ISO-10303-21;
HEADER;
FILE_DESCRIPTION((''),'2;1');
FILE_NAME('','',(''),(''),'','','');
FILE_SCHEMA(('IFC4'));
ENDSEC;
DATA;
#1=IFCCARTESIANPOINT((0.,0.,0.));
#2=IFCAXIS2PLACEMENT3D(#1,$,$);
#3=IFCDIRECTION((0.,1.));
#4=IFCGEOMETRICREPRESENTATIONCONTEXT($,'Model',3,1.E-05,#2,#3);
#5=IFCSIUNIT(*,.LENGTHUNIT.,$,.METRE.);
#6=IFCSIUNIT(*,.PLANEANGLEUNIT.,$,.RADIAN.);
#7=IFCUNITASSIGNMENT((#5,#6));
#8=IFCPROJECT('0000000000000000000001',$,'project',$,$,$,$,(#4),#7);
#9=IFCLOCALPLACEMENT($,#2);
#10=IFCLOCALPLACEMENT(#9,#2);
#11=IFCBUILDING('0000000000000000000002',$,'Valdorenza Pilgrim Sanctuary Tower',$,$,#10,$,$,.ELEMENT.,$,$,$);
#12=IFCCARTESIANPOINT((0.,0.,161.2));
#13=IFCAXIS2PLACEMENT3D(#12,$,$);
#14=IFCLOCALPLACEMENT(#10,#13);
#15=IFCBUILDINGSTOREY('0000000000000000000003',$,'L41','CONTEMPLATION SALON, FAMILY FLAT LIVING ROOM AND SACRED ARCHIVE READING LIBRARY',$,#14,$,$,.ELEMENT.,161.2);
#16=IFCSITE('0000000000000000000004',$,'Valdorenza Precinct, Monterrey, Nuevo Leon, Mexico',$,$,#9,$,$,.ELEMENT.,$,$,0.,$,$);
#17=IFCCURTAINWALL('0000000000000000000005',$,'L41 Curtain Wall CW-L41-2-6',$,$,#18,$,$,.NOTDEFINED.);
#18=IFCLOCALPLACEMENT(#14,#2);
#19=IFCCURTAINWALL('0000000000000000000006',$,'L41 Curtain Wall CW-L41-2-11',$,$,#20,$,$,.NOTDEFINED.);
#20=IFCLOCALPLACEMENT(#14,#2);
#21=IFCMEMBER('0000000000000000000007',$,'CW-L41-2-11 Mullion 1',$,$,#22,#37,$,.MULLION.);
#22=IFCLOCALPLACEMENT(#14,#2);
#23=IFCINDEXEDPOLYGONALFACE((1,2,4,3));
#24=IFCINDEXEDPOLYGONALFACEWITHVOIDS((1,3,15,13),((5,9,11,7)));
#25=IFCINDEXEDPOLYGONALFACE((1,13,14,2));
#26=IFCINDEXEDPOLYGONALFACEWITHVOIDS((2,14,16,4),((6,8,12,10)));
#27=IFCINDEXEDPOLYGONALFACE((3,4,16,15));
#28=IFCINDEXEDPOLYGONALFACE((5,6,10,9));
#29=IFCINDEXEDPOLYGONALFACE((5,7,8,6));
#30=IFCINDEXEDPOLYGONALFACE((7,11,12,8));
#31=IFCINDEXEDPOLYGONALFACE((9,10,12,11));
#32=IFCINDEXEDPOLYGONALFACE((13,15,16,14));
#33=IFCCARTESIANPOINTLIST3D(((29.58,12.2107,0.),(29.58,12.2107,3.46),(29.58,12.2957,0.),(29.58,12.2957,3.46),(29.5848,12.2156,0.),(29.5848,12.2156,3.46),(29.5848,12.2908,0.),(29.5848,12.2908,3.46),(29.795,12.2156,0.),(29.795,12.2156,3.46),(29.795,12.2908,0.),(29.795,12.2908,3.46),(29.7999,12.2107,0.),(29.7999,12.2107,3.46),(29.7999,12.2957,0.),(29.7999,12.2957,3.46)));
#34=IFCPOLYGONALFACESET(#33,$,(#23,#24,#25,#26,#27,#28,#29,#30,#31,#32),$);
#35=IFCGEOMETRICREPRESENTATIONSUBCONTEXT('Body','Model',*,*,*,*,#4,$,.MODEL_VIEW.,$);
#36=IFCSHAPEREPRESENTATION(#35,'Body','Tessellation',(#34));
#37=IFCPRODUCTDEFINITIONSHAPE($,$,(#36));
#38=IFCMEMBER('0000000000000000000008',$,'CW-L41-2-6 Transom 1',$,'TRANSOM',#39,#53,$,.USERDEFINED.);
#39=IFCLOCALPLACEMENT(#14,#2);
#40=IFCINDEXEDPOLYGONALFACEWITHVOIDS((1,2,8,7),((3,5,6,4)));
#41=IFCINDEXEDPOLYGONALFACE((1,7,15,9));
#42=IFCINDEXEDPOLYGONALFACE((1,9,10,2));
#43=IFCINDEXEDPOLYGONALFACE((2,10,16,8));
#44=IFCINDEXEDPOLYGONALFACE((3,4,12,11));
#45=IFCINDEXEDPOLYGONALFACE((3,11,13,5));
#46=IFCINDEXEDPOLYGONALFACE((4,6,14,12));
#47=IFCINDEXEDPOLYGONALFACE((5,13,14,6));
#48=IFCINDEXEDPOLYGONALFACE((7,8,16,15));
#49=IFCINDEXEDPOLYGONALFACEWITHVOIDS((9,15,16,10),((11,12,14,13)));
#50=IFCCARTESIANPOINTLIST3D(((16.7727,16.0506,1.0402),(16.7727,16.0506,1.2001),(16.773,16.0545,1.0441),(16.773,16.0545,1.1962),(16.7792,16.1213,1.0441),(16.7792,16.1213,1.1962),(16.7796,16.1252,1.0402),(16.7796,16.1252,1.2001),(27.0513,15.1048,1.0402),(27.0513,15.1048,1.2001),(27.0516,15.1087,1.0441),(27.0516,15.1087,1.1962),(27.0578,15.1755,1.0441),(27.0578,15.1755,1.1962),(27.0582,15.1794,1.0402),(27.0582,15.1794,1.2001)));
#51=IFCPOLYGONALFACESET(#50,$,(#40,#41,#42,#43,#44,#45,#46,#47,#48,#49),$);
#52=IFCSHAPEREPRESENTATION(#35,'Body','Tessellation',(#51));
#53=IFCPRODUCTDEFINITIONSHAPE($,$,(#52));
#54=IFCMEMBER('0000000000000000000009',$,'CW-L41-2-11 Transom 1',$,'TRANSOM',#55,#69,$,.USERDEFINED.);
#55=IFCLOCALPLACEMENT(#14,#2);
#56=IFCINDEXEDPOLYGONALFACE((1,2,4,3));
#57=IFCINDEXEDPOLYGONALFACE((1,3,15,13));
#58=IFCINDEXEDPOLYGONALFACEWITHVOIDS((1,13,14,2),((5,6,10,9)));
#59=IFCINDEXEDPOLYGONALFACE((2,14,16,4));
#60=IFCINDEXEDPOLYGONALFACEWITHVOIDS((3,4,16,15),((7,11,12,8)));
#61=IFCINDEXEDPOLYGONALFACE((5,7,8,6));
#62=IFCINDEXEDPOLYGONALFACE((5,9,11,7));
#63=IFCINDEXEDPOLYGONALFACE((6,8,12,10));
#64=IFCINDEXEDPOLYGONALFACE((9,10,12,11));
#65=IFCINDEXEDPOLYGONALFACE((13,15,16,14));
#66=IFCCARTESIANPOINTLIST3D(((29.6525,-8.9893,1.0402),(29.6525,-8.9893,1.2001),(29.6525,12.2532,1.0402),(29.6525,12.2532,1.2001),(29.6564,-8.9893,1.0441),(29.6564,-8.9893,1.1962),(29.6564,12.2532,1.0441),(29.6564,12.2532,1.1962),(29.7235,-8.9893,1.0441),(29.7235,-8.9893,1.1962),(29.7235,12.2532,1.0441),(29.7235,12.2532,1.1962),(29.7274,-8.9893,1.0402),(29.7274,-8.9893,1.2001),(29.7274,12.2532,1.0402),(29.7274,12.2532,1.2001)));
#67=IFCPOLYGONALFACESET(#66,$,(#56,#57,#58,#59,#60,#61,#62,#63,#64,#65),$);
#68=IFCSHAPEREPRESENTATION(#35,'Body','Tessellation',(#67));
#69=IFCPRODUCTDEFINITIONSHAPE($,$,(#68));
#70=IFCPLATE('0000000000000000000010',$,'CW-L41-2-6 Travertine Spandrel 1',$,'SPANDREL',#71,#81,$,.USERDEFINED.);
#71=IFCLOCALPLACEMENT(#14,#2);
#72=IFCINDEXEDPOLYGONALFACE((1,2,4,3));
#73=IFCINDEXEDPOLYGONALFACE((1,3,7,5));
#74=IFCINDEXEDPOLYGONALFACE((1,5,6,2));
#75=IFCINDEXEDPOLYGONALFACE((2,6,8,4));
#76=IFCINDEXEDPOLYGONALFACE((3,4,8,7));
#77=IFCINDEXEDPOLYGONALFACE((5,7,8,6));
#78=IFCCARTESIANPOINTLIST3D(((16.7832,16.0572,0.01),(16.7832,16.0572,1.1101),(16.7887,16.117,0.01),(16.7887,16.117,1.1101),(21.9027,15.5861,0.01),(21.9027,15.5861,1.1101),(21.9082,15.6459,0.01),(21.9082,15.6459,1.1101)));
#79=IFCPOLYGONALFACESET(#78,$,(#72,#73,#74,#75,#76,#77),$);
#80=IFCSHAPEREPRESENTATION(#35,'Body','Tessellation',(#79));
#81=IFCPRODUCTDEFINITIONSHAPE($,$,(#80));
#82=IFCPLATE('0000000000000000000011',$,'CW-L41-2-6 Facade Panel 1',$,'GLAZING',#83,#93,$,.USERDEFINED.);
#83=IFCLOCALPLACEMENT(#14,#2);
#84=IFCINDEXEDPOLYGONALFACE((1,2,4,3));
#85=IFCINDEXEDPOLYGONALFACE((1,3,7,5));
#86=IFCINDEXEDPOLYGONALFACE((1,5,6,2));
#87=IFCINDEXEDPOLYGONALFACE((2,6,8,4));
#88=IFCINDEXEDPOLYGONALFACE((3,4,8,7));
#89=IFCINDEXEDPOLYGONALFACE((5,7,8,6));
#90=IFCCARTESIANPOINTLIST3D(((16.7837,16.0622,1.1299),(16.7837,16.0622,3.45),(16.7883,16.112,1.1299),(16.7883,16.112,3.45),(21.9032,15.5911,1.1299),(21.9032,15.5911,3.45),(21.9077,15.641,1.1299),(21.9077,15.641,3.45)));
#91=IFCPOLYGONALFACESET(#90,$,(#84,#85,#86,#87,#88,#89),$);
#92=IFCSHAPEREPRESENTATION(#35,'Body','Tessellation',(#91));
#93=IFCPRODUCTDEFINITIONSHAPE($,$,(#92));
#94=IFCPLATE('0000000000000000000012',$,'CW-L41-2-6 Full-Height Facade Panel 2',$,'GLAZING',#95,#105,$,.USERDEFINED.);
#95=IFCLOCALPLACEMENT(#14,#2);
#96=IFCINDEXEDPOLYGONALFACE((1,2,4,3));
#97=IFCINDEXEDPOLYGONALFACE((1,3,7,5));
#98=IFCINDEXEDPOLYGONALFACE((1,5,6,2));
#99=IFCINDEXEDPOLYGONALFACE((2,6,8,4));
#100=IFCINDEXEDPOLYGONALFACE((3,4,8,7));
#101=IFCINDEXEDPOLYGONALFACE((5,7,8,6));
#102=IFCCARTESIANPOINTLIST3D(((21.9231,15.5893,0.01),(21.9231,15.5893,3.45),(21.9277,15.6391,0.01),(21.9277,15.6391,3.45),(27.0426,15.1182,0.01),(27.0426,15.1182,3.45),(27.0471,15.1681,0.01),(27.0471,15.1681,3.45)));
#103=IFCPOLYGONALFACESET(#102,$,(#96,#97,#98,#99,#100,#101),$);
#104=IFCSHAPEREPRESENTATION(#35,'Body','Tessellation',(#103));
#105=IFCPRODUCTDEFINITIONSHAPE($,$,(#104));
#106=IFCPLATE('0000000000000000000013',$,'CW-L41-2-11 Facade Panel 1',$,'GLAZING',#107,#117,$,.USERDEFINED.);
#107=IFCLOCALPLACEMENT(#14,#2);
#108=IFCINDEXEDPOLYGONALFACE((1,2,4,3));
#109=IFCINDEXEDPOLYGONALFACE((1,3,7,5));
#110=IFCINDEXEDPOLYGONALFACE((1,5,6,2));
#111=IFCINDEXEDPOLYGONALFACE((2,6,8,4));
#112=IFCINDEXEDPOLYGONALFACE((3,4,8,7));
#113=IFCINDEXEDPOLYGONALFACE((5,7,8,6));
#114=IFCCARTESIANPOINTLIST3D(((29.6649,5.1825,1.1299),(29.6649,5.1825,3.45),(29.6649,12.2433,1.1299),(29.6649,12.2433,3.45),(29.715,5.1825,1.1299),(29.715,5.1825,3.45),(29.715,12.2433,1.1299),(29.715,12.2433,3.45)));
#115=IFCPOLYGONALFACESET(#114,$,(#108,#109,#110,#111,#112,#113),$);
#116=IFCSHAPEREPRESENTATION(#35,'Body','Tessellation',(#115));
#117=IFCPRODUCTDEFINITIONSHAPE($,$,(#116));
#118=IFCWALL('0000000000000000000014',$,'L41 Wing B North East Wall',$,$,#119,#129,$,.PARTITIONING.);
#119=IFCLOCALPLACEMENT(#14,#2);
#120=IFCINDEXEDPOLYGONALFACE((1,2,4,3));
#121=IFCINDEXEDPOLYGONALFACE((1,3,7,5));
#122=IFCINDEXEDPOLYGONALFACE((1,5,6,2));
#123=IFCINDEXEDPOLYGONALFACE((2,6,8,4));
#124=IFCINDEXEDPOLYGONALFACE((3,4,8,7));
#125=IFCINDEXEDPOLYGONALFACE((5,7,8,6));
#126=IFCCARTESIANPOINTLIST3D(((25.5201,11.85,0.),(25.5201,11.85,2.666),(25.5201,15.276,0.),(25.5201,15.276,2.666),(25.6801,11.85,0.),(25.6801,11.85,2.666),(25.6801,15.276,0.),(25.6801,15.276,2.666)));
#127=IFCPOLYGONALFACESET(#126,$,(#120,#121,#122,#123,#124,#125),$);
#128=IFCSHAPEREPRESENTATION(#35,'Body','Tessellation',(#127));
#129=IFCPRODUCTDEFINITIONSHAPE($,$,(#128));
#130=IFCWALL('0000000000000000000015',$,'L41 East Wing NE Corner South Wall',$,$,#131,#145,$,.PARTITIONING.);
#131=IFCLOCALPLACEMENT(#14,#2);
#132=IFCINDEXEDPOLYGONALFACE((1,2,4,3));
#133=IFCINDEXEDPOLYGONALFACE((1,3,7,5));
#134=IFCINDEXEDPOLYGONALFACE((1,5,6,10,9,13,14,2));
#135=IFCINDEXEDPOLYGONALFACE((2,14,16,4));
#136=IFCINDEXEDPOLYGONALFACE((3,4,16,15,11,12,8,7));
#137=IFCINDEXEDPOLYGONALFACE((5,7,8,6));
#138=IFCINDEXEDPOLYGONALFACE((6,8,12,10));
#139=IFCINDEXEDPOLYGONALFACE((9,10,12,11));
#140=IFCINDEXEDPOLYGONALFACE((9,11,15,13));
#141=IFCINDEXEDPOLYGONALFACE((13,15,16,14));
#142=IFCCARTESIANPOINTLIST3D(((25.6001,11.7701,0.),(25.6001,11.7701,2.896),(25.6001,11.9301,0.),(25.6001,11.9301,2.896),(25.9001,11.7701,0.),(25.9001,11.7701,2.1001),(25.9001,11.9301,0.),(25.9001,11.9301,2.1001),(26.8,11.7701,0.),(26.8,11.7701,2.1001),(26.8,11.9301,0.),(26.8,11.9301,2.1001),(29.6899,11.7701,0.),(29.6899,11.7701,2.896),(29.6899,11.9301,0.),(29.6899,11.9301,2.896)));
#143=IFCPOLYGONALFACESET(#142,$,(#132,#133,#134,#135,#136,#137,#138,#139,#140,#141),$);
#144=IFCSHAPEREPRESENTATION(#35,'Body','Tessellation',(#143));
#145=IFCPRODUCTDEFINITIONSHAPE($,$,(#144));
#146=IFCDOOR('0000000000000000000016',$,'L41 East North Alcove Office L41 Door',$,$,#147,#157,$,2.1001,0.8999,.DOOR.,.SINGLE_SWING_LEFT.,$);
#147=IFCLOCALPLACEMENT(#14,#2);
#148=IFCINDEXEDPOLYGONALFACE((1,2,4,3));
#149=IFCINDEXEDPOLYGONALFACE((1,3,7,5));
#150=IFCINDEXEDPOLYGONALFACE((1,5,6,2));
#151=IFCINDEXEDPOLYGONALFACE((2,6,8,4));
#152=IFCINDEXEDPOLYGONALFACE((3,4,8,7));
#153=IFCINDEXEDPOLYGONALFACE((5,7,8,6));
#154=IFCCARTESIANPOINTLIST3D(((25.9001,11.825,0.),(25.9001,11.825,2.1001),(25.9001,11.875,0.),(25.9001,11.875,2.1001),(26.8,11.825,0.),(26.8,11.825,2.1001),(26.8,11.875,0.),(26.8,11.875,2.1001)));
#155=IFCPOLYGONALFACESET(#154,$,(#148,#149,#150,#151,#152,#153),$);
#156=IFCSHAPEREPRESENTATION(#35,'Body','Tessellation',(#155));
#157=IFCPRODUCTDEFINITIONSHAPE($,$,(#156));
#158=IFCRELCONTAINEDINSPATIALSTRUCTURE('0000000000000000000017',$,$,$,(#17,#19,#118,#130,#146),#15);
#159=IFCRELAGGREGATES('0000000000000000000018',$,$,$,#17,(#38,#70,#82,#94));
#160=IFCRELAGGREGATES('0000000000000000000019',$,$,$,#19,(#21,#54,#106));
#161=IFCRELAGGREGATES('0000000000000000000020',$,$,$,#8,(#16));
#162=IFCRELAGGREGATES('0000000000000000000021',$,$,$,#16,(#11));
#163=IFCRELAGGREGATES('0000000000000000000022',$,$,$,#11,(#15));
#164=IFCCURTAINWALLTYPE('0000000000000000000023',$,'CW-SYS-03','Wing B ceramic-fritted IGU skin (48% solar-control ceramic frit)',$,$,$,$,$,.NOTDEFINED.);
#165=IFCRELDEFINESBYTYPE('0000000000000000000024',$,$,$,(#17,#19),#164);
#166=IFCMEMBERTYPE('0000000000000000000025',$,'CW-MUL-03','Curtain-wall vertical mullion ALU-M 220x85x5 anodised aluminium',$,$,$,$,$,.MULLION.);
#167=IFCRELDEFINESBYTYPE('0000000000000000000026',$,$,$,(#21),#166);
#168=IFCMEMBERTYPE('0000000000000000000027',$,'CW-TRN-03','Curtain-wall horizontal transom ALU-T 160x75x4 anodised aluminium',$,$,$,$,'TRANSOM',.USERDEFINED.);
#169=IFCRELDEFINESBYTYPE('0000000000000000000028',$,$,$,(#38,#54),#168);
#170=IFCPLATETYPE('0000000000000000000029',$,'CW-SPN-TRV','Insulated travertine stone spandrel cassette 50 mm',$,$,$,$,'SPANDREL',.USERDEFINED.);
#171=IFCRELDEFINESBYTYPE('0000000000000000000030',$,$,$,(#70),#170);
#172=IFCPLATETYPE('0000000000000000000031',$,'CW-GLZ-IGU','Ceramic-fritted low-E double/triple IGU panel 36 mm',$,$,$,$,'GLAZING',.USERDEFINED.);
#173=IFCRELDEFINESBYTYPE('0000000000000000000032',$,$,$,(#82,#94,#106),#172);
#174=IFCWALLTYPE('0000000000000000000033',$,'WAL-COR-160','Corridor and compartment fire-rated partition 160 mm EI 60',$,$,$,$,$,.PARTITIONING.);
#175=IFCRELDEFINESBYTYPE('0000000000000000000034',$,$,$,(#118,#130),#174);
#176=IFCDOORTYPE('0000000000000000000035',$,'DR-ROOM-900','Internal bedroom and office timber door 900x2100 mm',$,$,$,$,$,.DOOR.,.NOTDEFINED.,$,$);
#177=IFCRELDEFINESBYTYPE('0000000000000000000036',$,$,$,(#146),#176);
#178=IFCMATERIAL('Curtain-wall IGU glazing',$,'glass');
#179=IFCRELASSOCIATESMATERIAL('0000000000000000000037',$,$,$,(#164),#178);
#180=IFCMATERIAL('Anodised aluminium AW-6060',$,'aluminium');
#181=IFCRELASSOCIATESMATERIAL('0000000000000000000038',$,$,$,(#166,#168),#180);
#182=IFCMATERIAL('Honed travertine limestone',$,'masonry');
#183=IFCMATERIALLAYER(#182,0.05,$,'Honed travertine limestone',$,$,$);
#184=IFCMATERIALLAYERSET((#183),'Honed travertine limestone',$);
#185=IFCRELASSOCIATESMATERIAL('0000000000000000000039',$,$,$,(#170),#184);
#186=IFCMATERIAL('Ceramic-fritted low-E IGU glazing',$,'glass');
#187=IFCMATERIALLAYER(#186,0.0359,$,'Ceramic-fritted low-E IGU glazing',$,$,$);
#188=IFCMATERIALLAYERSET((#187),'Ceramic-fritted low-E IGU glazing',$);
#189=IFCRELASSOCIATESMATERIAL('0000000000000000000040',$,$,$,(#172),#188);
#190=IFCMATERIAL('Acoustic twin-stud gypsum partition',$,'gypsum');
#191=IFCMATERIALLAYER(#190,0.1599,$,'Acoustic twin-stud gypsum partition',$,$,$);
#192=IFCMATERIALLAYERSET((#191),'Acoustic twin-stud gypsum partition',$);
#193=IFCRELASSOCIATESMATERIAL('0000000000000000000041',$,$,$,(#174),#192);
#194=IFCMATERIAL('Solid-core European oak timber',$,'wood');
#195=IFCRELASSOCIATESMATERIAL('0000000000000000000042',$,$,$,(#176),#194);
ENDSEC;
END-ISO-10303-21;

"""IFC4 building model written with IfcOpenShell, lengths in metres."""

from ifc_helpers import new_model, si_unit, direction, frame, frame_2d, origin, origin_2d, place, context, subcontext, project, spatial, rectangle, hollow_rectangle, extrude, source, transform, mapped, material, layer, layer_set, material_profile, profile_set, type_object, element, fill, aggregate, save


model = new_model("IFC4")

# Units and contexts
model_context = context("Model", 3, precision=1e-05, world=origin(), true_north=direction((0.0, 1.0)))
body_context = subcontext(model_context, "Body", "Model", "MODEL_VIEW")
ifc_project = project(units=[si_unit("LENGTHUNIT", "METRE"), si_unit("PLANEANGLEUNIT", "RADIAN")], contexts=[model_context])

# Site, building, storey
site_placement = place(None, origin())
site = spatial("IfcSite", under=ifc_project, at=site_placement, Name="Valdorenza Precinct, Monterrey, Nuevo Leon, Mexico", CompositionType="ELEMENT", RefElevation=0.0)
building_placement = place(site_placement, origin())
building = spatial("IfcBuilding", under=site, at=building_placement, Name="Valdorenza Pilgrim Sanctuary Tower", CompositionType="ELEMENT")
storey_placement = place(building_placement, frame((0.0, 0.0, 161.2)))
storey = spatial("IfcBuildingStorey", under=building, at=storey_placement, Name="L41", Description="CONTEMPLATION SALON, FAMILY FLAT LIVING ROOM AND SACRED ARCHIVE READING LIBRARY", CompositionType="ELEMENT", Elevation=161.2)

# Curtain wall
ifc_material_1 = material(Name="Curtain-wall IGU glazing", Category="glass")
curtain_wall_type = type_object("IfcCurtainWallType", Name="CW-SYS-03", Description="Wing B ceramic-fritted IGU skin (48% solar-control ceramic frit)", PredefinedType="NOTDEFINED", material=ifc_material_1)
curtain_wall_1_placement = place(storey_placement, origin())
curtain_wall_1 = element("IfcCurtainWall", 1, at=curtain_wall_1_placement, inside=storey, type_object=curtain_wall_type, Name="L41 Curtain Wall CW-L41-2-6", PredefinedType="NOTDEFINED")
ifc_material_2 = material(Name="Anodised aluminium AW-6060", Category="aluminium")
ifc_material_profile_1 = material_profile(ifc_material_2, hollow_rectangle(XDim=0.085, YDim=0.22, WallThickness=0.0049, at=origin_2d()), Name="ALU-M 220x85x5")
ifc_profile_set_1 = profile_set([ifc_material_profile_1], Name="Anodised aluminium AW-6060")
member_type_1 = type_object("IfcMemberType", Name="CW-MUL-03", Description="Curtain-wall vertical mullion ALU-M 220x85x5 anodised aluminium", PredefinedType="MULLION", material=ifc_profile_set_1)
shared_shape_1 = source(origin(), body_context, "Body", "SweptSolid", [
    extrude(hollow_rectangle(XDim=0.085, YDim=0.22, WallThickness=0.0049, at=origin_2d()), origin(), (0.0, 0.0, 1.0), 3.46),
])

# Curtain wall, member
curtain_wall_2_placement = place(storey_placement, origin())
curtain_wall_2 = element("IfcCurtainWall", 2, at=curtain_wall_2_placement, inside=storey, type_object=curtain_wall_type, Name="L41 Curtain Wall CW-L41-2-11", PredefinedType="NOTDEFINED")
member_1_placement = place(storey_placement, frame((29.6899, 12.2532, 0.0), z_axis=(0.0, 0.0, 1.0), x_axis=(0.0, -1.0, 0.0)))
member_1 = element("IfcMember", 3, at=member_1_placement, type_object=member_type_1, Name="CW-L41-2-11 Mullion 1", PredefinedType="MULLION", context=body_context, shape_type="MappedRepresentation", body=[
    mapped(shared_shape_1, transform((0.0, 0.0, 0.0), x_axis=(1.0, 0.0, 0.0), y_axis=(0.0, 1.0, 0.0), z_axis=(0.0, 0.0, 1.0), scale=1.0)),
])

# Members
ifc_material_profile_2 = material_profile(ifc_material_2, hollow_rectangle(XDim=0.075, YDim=0.1599, WallThickness=0.0039, at=origin_2d()), Name="ALU-T 160x75x4")
ifc_profile_set_2 = profile_set([ifc_material_profile_2], Name="Anodised aluminium AW-6060")
member_type_2 = type_object("IfcMemberType", Name="CW-TRN-03", Description="Curtain-wall horizontal transom ALU-T 160x75x4 anodised aluminium", ElementType="TRANSOM", PredefinedType="USERDEFINED", material=ifc_profile_set_2)
shared_shape_2 = source(origin(), body_context, "Body", "SweptSolid", [
    extrude(hollow_rectangle(XDim=0.075, YDim=0.1599, WallThickness=0.0039, at=origin_2d()), origin(), (0.0, 0.0, 1.0), 10.322),
])
member_2_placement = place(storey_placement, frame((16.7761, 16.0879, 1.1201), z_axis=(0.995793, -0.09163, 0.0), x_axis=(0.09163, 0.995793, 0.0)))
member_2 = element("IfcMember", 4, at=member_2_placement, type_object=member_type_2, Name="CW-L41-2-6 Transom 1", ObjectType="TRANSOM", PredefinedType="USERDEFINED", context=body_context, shape_type="MappedRepresentation", body=[
    mapped(shared_shape_2, transform((0.0, 0.0, 0.0), x_axis=(1.0, 0.0, 0.0), y_axis=(0.0, 1.0, 0.0), z_axis=(0.0, 0.0, 1.0), scale=1.0)),
])
shared_shape_3 = source(origin(), body_context, "Body", "SweptSolid", [
    extrude(hollow_rectangle(XDim=0.075, YDim=0.1599, WallThickness=0.0039, at=origin_2d()), origin(), (0.0, 0.0, 1.0), 21.2424),
])
member_3_placement = place(storey_placement, frame((29.6899, 12.2532, 1.1201), z_axis=(0.0, -1.0, 0.0), x_axis=(1.0, 0.0, 0.0)))
member_3 = element("IfcMember", 5, at=member_3_placement, type_object=member_type_2, Name="CW-L41-2-11 Transom 1", ObjectType="TRANSOM", PredefinedType="USERDEFINED", context=body_context, shape_type="MappedRepresentation", body=[
    mapped(shared_shape_3, transform((0.0, 0.0, 0.0), x_axis=(1.0, 0.0, 0.0), y_axis=(0.0, 1.0, 0.0), z_axis=(0.0, 0.0, 1.0), scale=1.0)),
])

# Plates
ifc_material_3 = material(Name="Honed travertine limestone", Category="masonry")
ifc_layer_1 = layer(ifc_material_3, 0.05, Name="Honed travertine limestone")
ifc_layer_set_1 = layer_set([ifc_layer_1], Name="Honed travertine limestone")
plate_type_1 = type_object("IfcPlateType", Name="CW-SPN-TRV", Description="Insulated travertine stone spandrel cassette 50 mm", ElementType="SPANDREL", PredefinedType="USERDEFINED", material=ifc_layer_set_1)
shared_shape_4 = source(origin(), body_context, "Body", "SweptSolid", [
    extrude(rectangle(XDim=5.1411, YDim=0.0601, at=origin_2d()), origin(), (0.0, 0.0, 1.0), 1.1001),
])
plate_1_placement = place(storey_placement, frame((19.3457, 15.8516, 0.01), z_axis=(0.0, 0.0, 1.0), x_axis=(0.995794, -0.091623, 0.0)))
plate_1 = element("IfcPlate", 6, at=plate_1_placement, type_object=plate_type_1, Name="CW-L41-2-6 Travertine Spandrel 1", ObjectType="SPANDREL", PredefinedType="USERDEFINED", context=body_context, shape_type="MappedRepresentation", body=[
    mapped(shared_shape_4, transform((0.0, 0.0, 0.0), x_axis=(1.0, 0.0, 0.0), y_axis=(0.0, 1.0, 0.0), z_axis=(0.0, 0.0, 1.0), scale=1.0)),
])
ifc_material_4 = material(Name="Ceramic-fritted low-E IGU glazing", Category="glass")
ifc_layer_2 = layer(ifc_material_4, 0.0359, Name="Ceramic-fritted low-E IGU glazing")
ifc_layer_set_2 = layer_set([ifc_layer_2], Name="Ceramic-fritted low-E IGU glazing")
plate_type_2 = type_object("IfcPlateType", Name="CW-GLZ-IGU", Description="Ceramic-fritted low-E double/triple IGU panel 36 mm", ElementType="GLAZING", PredefinedType="USERDEFINED", material=ifc_layer_set_2)
shared_shape_5 = source(origin(), body_context, "Body", "SweptSolid", [
    extrude(rectangle(XDim=5.1411, YDim=0.05, at=origin_2d()), origin(), (0.0, 0.0, 1.0), 2.3201),
])
plate_2_placement = place(storey_placement, frame((19.3457, 15.8516, 1.1299), z_axis=(0.0, 0.0, 1.0), x_axis=(0.995794, -0.091623, 0.0)))
plate_2 = element("IfcPlate", 7, at=plate_2_placement, type_object=plate_type_2, Name="CW-L41-2-6 Facade Panel 1", ObjectType="GLAZING", PredefinedType="USERDEFINED", context=body_context, shape_type="MappedRepresentation", body=[
    mapped(shared_shape_5, transform((0.0, 0.0, 0.0), x_axis=(1.0, 0.0, 0.0), y_axis=(0.0, 1.0, 0.0), z_axis=(0.0, 0.0, 1.0), scale=1.0)),
])
shared_shape_6 = source(origin(), body_context, "Body", "SweptSolid", [
    extrude(rectangle(XDim=5.1411, YDim=0.05, at=origin_2d()), origin(), (0.0, 0.0, 1.0), 3.4399),
])
plate_3_placement = place(storey_placement, frame((24.4851, 15.3787, 0.01), z_axis=(0.0, 0.0, 1.0), x_axis=(0.995794, -0.091623, 0.0)))
plate_3 = element("IfcPlate", 8, at=plate_3_placement, type_object=plate_type_2, Name="CW-L41-2-6 Full-Height Facade Panel 2", ObjectType="GLAZING", PredefinedType="USERDEFINED", context=body_context, shape_type="MappedRepresentation", body=[
    mapped(shared_shape_6, transform((0.0, 0.0, 0.0), x_axis=(1.0, 0.0, 0.0), y_axis=(0.0, 1.0, 0.0), z_axis=(0.0, 0.0, 1.0), scale=1.0)),
])
aggregate(curtain_wall_1, [member_2, plate_1, plate_2, plate_3])
shared_shape_7 = source(origin(), body_context, "Body", "SweptSolid", [
    extrude(rectangle(XDim=7.0608, YDim=0.05, at=origin_2d()), origin(), (0.0, 0.0, 1.0), 2.3201),
])
plate_4_placement = place(storey_placement, frame((29.6899, 8.7129, 1.1299), z_axis=(0.0, 0.0, 1.0), x_axis=(0.0, -1.0, 0.0)))
plate_4 = element("IfcPlate", 9, at=plate_4_placement, type_object=plate_type_2, Name="CW-L41-2-11 Facade Panel 1", ObjectType="GLAZING", PredefinedType="USERDEFINED", context=body_context, shape_type="MappedRepresentation", body=[
    mapped(shared_shape_7, transform((0.0, 0.0, 0.0), x_axis=(1.0, 0.0, 0.0), y_axis=(0.0, 1.0, 0.0), z_axis=(0.0, 0.0, 1.0), scale=1.0)),
])
aggregate(curtain_wall_2, [member_1, member_3, plate_4])

# Wall
ifc_material_5 = material(Name="Acoustic twin-stud gypsum partition", Category="gypsum")
ifc_layer_3 = layer(ifc_material_5, 0.1599, Name="Acoustic twin-stud gypsum partition")
ifc_layer_set_3 = layer_set([ifc_layer_3], Name="Acoustic twin-stud gypsum partition")
wall_type_1 = type_object("IfcWallType", Name="WAL-COR-160", Description="Corridor and compartment fire-rated partition 160 mm EI 60", PredefinedType="PARTITIONING", material=ifc_layer_set_3)
wall_1_placement = place(storey_placement, frame((25.6001, 11.8501, 0.0), z_axis=(0.0, 0.0, 1.0), x_axis=(0.0, 1.0, 0.0)))
element("IfcWall", 10, at=wall_1_placement, inside=storey, type_object=wall_type_1, Name="L41 Wing B North East Wall", PredefinedType="PARTITIONING", context=body_context, shape_type="SweptSolid", body=[
    extrude(rectangle(XDim=3.426, YDim=0.1599, at=frame_2d((1.7129, 0.0))), origin(), (0.0, 0.0, 1.0), 2.666),
])

# Wall, opening, door
wall_2_placement = place(storey_placement, frame((25.6001, 11.8501, 0.0), z_axis=(0.0, 0.0, 1.0), x_axis=(1.0, 0.0, 0.0)))
wall_2 = element("IfcWall", 11, at=wall_2_placement, inside=storey, type_object=wall_type_1, Name="L41 East Wing NE Corner South Wall", PredefinedType="PARTITIONING", context=body_context, shape_type="SweptSolid", body=[
    extrude(rectangle(XDim=4.0898, YDim=0.1599, at=frame_2d((2.0449, 0.0))), origin(), (0.0, 0.0, 1.0), 2.896),
])
opening_placement = place(wall_2_placement, frame((0.3, 0.0, 0.0)))
opening = element("IfcOpeningElement", 12, at=opening_placement, cuts=wall_2, PredefinedType="OPENING", context=body_context, shape_type="SweptSolid", body=[
    extrude(rectangle(XDim=0.8999, YDim=2.1001, at=frame_2d((0.45, 1.05))), frame((0.0, 0.0947, 0.0), z_axis=(0.0, -1.0, 0.0), x_axis=(1.0, 0.0, 0.0)), (0.0, 0.0, 1.0), 0.1897),
])
ifc_material_6 = material(Name="Solid-core European oak timber", Category="wood")
door_type = type_object("IfcDoorType", Name="DR-ROOM-900", Description="Internal bedroom and office timber door 900x2100 mm", OperationType="NOTDEFINED", PredefinedType="DOOR", material=ifc_material_6)
door_placement = place(opening_placement, origin())
door = element("IfcDoor", 13, at=door_placement, inside=storey, type_object=door_type, Name="L41 East North Alcove Office L41 Door", OperationType="SINGLE_SWING_LEFT", OverallHeight=2.1001, OverallWidth=0.8999, PredefinedType="DOOR", context=body_context, shape_type="SweptSolid", body=[
    extrude(rectangle(XDim=0.8999, YDim=2.1001, at=frame_2d((0.45, 1.05))), frame((0.0, 0.0249, 0.0), z_axis=(0.0, -1.0, 0.0), x_axis=(1.0, 0.0, 0.0)), (0.0, 0.0, 1.0), 0.05),
])
fill(opening, door)

save(model, "model.ifc")
